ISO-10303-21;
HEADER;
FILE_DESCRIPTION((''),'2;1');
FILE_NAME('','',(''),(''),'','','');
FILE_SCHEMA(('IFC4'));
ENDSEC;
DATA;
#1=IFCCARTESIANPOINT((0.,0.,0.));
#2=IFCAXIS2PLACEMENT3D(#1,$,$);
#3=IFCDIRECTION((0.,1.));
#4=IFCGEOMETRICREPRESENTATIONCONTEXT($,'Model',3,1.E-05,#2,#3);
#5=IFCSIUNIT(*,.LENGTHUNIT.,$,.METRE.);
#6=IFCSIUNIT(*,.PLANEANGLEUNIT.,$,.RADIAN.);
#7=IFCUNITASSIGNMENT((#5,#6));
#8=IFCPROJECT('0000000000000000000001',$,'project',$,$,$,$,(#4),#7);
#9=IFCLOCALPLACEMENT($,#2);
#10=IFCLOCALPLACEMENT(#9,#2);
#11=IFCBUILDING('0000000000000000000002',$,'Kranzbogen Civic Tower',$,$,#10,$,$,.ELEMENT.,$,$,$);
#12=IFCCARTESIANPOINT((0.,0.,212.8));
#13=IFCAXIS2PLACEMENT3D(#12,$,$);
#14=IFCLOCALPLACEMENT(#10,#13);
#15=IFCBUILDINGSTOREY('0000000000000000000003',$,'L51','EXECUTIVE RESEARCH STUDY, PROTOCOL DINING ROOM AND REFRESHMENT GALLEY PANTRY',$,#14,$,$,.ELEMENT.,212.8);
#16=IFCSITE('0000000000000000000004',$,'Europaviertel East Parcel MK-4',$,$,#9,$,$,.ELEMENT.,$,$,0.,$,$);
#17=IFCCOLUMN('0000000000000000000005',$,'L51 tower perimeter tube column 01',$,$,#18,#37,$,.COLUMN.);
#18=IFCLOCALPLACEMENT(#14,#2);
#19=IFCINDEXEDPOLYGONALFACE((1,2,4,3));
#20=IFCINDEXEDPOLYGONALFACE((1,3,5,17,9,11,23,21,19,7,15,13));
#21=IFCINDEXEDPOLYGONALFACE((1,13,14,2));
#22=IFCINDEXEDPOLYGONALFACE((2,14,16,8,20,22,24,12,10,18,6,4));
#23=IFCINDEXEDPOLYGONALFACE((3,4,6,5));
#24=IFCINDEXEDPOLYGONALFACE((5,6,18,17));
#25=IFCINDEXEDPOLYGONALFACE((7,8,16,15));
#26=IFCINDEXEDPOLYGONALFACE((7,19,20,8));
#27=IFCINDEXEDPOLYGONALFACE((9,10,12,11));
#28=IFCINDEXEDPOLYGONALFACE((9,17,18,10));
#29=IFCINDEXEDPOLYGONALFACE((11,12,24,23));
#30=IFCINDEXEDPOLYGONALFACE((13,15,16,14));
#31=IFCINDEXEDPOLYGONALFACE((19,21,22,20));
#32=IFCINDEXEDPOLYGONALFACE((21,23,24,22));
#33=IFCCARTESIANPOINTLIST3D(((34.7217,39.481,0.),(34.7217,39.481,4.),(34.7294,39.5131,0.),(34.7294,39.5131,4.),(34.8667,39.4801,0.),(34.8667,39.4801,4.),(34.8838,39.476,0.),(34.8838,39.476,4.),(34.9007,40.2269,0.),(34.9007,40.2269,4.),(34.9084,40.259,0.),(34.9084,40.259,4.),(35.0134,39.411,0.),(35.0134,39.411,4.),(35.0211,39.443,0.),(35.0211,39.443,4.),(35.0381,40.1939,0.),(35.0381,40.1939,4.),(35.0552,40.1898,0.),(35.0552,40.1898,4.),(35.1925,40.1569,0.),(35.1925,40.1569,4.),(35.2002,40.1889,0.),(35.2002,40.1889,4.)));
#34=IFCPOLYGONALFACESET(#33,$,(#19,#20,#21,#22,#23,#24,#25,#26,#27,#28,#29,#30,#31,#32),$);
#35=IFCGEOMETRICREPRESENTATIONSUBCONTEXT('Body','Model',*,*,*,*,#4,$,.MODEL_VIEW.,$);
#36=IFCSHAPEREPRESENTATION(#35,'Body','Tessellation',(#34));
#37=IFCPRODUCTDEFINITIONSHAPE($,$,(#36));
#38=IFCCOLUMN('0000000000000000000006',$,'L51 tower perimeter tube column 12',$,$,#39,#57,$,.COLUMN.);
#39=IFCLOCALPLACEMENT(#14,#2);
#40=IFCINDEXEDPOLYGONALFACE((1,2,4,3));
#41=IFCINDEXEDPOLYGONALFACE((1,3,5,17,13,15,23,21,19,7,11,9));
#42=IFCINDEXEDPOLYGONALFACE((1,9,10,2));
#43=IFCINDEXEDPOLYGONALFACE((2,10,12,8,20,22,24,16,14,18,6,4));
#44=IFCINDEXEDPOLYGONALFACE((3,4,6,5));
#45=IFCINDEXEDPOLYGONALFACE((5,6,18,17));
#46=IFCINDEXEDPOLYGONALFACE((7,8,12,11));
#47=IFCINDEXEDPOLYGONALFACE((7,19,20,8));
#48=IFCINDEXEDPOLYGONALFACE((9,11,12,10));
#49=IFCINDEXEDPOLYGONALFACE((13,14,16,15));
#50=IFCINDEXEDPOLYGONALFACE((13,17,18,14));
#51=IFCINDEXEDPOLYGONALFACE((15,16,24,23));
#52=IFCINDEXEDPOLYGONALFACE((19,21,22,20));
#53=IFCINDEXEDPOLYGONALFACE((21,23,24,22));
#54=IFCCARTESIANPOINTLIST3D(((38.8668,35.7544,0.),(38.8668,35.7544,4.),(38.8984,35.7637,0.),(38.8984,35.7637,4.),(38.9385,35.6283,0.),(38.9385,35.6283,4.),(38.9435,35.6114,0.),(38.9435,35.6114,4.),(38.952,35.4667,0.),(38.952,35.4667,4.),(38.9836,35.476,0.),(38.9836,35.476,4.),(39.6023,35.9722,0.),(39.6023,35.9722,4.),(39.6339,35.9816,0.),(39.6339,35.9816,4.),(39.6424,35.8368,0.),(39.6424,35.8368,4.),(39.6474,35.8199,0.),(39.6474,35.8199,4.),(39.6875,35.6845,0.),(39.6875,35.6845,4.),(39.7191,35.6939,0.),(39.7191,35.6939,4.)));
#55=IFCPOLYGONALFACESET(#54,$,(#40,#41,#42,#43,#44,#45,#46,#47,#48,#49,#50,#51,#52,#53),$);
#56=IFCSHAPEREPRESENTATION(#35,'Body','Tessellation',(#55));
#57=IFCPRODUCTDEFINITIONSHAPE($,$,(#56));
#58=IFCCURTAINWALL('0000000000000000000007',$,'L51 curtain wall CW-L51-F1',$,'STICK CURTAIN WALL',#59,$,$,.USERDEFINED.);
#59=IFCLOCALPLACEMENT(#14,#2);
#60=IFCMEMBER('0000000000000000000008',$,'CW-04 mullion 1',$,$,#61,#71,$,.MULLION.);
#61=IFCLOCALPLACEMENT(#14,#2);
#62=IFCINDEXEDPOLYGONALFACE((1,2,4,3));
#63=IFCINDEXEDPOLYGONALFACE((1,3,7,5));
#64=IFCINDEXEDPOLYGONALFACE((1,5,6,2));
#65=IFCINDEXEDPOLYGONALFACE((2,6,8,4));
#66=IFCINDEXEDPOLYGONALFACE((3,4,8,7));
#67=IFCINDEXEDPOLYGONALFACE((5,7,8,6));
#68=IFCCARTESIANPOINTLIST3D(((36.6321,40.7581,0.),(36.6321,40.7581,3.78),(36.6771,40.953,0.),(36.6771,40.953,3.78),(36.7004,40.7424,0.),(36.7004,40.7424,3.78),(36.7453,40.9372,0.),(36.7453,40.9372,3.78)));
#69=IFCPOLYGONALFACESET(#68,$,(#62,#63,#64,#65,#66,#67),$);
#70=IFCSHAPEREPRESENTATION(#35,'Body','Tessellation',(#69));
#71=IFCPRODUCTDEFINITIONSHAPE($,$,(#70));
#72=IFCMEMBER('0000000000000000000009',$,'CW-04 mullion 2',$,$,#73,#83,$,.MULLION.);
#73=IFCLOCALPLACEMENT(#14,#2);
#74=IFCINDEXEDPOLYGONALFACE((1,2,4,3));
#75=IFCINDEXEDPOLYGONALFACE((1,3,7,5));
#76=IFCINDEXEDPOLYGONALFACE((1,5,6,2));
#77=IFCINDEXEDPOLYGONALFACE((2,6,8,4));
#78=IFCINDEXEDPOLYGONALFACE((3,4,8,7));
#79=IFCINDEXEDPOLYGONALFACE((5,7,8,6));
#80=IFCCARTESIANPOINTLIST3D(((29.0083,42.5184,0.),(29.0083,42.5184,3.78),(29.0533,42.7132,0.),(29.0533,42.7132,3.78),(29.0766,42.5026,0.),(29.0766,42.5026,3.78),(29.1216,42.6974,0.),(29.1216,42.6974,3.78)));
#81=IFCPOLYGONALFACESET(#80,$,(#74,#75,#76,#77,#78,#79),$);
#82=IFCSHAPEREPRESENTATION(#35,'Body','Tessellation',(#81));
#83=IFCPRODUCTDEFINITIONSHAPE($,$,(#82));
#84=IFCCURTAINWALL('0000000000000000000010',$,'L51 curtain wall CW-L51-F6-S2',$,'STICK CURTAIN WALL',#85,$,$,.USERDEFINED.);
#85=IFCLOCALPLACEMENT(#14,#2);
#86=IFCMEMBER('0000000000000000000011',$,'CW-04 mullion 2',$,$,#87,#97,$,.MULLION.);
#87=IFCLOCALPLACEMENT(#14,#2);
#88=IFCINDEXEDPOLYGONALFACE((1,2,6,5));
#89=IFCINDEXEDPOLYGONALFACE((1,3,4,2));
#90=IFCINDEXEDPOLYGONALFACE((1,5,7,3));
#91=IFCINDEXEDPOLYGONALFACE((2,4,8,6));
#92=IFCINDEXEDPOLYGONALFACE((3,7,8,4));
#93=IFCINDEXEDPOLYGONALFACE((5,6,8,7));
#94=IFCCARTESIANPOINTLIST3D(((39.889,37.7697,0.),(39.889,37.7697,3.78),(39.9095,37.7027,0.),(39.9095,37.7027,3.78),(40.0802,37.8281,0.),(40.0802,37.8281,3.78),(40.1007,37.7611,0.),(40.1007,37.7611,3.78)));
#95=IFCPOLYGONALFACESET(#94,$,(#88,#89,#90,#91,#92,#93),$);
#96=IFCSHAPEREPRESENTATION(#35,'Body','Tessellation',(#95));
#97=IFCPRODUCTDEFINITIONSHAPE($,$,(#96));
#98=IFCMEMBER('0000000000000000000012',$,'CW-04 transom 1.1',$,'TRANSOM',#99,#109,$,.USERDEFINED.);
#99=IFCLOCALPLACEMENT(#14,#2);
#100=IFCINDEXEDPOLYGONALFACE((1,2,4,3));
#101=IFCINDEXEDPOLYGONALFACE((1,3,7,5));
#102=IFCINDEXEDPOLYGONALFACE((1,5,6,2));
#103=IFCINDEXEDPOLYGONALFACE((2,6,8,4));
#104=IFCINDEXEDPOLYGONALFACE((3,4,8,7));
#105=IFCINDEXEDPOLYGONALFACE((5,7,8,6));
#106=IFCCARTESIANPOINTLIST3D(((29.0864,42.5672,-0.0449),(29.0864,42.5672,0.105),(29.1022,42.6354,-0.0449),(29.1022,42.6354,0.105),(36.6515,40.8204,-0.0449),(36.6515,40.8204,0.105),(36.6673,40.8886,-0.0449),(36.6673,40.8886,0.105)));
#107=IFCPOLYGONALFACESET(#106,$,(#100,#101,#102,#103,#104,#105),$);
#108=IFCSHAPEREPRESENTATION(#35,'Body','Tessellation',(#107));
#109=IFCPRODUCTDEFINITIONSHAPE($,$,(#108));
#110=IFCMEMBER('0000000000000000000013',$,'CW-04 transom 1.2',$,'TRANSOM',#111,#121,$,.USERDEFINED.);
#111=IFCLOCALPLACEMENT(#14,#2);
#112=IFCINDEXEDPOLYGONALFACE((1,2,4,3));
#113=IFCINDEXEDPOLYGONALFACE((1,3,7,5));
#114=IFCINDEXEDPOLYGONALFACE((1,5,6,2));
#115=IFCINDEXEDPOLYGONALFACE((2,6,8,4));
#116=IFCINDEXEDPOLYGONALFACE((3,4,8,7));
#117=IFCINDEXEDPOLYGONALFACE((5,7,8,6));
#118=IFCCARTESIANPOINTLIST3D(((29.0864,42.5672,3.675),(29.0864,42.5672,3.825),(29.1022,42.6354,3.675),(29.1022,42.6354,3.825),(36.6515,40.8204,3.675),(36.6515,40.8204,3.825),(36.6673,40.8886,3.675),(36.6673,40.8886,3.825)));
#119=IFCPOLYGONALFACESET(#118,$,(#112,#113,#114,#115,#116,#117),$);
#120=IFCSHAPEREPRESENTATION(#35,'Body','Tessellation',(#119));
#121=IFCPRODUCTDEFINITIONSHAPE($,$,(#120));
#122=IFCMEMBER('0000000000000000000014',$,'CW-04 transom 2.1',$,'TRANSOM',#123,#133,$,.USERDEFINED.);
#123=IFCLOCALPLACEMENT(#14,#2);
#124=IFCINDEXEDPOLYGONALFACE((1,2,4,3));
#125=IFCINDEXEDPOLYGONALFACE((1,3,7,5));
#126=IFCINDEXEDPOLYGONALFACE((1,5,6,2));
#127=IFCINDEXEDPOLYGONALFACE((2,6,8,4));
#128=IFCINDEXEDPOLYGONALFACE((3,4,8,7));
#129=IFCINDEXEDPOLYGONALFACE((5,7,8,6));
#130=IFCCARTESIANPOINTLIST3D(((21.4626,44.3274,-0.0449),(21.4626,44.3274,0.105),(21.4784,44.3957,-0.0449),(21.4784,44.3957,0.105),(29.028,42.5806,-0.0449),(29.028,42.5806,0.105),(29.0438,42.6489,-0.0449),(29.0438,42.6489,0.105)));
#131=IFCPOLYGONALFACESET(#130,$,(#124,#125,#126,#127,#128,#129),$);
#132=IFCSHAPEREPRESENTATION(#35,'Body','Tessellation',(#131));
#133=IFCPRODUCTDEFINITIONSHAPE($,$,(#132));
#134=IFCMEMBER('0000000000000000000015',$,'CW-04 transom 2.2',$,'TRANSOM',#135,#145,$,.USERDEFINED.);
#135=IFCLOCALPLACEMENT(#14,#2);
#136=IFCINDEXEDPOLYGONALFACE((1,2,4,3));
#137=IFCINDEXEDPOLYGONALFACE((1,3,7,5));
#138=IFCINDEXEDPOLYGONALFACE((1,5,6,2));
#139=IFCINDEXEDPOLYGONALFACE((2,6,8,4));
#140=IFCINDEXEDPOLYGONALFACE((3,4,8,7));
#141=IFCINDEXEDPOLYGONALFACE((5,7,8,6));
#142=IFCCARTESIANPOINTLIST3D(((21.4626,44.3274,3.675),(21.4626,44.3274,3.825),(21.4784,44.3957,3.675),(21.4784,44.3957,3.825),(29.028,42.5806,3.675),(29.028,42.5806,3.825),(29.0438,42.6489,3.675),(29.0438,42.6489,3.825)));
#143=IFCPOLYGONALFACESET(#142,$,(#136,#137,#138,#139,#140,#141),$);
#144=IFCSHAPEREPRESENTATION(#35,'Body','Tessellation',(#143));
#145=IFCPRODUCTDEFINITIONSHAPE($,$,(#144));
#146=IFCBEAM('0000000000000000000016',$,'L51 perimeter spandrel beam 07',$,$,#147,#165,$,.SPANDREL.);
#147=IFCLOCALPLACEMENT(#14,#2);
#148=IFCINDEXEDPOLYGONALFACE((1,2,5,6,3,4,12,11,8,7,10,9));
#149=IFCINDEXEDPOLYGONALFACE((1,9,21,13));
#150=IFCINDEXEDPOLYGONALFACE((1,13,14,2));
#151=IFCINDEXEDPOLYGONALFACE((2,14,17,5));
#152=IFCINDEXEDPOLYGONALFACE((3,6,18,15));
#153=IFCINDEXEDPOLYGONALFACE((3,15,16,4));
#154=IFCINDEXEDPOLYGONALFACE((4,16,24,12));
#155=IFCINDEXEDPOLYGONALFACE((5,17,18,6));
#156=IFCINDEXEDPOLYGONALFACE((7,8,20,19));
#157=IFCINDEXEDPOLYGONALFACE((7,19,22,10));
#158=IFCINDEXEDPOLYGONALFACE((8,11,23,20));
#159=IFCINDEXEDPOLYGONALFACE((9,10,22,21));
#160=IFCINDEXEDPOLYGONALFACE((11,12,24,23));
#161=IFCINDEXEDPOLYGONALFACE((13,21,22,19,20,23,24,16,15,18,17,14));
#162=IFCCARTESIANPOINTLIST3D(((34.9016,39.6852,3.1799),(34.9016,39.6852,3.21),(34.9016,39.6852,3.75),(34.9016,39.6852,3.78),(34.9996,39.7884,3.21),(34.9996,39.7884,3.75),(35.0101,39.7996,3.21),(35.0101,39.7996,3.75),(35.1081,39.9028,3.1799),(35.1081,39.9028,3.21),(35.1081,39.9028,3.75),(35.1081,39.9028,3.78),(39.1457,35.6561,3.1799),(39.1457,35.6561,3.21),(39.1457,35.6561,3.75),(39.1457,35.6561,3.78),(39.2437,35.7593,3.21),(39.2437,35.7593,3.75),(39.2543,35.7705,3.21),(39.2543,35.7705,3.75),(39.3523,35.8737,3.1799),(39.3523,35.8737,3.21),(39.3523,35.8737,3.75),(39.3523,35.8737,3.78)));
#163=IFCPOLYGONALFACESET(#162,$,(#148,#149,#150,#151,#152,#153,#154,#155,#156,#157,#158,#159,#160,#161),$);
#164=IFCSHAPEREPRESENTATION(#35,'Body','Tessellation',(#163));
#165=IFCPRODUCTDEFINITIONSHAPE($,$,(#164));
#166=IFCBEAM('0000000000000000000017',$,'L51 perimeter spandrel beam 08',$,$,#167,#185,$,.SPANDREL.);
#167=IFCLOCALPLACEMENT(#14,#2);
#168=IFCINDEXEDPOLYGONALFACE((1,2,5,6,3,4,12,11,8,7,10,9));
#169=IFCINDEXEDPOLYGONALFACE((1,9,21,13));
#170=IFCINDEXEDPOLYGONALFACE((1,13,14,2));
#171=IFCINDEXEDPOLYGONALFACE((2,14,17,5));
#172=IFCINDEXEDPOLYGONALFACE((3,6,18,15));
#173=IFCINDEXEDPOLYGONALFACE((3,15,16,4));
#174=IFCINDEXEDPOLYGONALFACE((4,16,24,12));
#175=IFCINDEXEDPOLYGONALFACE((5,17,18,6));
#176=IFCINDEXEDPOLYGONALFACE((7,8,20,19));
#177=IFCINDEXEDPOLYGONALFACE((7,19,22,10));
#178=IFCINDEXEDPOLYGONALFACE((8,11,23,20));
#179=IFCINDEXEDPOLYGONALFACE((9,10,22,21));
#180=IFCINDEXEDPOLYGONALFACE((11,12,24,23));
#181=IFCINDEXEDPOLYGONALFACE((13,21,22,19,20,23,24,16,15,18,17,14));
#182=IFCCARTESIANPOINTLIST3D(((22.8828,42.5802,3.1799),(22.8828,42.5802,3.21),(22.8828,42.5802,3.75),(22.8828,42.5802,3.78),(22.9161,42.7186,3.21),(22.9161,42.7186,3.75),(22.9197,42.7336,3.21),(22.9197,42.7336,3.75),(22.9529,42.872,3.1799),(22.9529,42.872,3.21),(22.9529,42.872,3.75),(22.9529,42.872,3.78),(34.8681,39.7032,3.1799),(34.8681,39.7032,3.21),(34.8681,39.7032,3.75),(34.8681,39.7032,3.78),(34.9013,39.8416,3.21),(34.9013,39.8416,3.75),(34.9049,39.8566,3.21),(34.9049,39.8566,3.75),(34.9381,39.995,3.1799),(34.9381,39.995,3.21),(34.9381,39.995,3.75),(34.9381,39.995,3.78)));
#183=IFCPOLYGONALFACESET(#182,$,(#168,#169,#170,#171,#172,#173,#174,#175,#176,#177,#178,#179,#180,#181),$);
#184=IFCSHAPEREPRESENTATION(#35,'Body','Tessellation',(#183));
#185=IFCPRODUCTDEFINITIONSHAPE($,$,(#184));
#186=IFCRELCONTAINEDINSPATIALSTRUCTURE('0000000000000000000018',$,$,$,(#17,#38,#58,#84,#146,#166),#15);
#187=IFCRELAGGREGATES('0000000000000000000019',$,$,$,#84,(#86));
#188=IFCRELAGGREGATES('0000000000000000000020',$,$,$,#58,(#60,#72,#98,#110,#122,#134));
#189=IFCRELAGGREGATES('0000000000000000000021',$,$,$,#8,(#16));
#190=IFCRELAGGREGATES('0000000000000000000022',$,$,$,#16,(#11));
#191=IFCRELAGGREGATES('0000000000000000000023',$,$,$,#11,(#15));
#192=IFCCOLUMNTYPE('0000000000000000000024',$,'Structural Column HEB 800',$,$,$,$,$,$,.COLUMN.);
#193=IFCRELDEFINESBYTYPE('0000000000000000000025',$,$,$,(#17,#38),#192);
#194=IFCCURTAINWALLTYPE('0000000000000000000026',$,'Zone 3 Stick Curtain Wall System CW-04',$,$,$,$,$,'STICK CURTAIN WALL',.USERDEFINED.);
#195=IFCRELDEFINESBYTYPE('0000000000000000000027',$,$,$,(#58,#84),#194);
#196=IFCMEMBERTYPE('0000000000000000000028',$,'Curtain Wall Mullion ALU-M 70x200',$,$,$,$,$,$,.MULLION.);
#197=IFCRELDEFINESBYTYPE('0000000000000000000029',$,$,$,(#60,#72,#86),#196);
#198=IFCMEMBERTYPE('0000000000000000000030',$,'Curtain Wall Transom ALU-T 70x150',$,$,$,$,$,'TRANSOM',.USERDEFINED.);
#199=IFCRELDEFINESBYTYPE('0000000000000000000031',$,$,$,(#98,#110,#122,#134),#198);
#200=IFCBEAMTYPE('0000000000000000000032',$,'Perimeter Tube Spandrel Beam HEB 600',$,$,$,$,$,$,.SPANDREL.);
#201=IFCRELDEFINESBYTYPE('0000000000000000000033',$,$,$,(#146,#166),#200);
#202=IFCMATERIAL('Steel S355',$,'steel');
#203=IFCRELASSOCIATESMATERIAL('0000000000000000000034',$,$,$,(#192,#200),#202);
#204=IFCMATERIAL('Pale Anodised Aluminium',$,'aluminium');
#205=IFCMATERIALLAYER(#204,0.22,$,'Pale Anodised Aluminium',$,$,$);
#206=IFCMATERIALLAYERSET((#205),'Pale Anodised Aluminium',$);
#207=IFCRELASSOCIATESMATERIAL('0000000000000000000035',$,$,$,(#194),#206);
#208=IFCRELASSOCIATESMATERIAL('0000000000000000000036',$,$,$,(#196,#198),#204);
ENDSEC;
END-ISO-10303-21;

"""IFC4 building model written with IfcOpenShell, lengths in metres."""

from ifc_helpers import new_model, si_unit, direction, frame, origin, origin_2d, place, context, subcontext, project, spatial, rectangle, i_section, extrude, material, layer, layer_set, material_profile, profile_set, type_object, element, aggregate, save


model = new_model("IFC4")

# Units and contexts
model_context = context("Model", 3, precision=1e-05, world=origin(), true_north=direction((0.0, 1.0)))
body_context = subcontext(model_context, "Body", "Model", "MODEL_VIEW")
ifc_project = project(units=[si_unit("LENGTHUNIT", "METRE"), si_unit("PLANEANGLEUNIT", "RADIAN")], contexts=[model_context])

# Site, building, storey
site_placement = place(None, origin())
site = spatial("IfcSite", under=ifc_project, at=site_placement, Name="Europaviertel East Parcel MK-4", CompositionType="ELEMENT", RefElevation=0.0)
building_placement = place(site_placement, origin())
building = spatial("IfcBuilding", under=site, at=building_placement, Name="Kranzbogen Civic Tower", CompositionType="ELEMENT")
storey_placement = place(building_placement, frame((0.0, 0.0, 212.8)))
storey = spatial("IfcBuildingStorey", under=building, at=storey_placement, Name="L51", Description="EXECUTIVE RESEARCH STUDY, PROTOCOL DINING ROOM AND REFRESHMENT GALLEY PANTRY", CompositionType="ELEMENT", Elevation=212.8)

# Columns
ifc_material_1 = material(Name="Steel S355", Category="steel")
ifc_material_profile_1 = material_profile(ifc_material_1, i_section(OverallWidth=0.3, OverallDepth=0.8, WebThickness=0.0176, FlangeThickness=0.033, at=origin_2d()), Name="HEB 800")
ifc_profile_set_1 = profile_set([ifc_material_profile_1], Name="Steel S355")
column_type = type_object("IfcColumnType", Name="Structural Column HEB 800", PredefinedType="COLUMN", material=ifc_profile_set_1)
for number, where, z_axis, x_axis, name in (
    (1, (34.9609, 39.835, 0.0), (0.0, 0.0, 1.0), (-0.97237, 0.233445, 0.0), "L51 tower perimeter tube column 01"),
    (2, (39.293, 35.7241, 0.0), (0.0, 0.0, 1.0), (-0.284015, 0.95882, 0.0), "L51 tower perimeter tube column 12"),
):
    element("IfcColumn", number, at=place(storey_placement, frame(where, z_axis=z_axis, x_axis=x_axis)), inside=storey, type_object=column_type, Name=name, PredefinedType="COLUMN", context=body_context, shape_type="SweptSolid", body=[
        extrude(i_section(OverallWidth=0.3, OverallDepth=0.8, WebThickness=0.0176, FlangeThickness=0.033, at=origin_2d()), origin(), (0.0, 0.0, 1.0), 4.0),
    ])

# Curtain wall, members
ifc_material_2 = material(Name="Pale Anodised Aluminium", Category="aluminium")
ifc_layer_1 = layer(ifc_material_2, 0.22, Name="Pale Anodised Aluminium")
ifc_layer_set_1 = layer_set([ifc_layer_1], Name="Pale Anodised Aluminium")
curtain_wall_type = type_object("IfcCurtainWallType", Name="Zone 3 Stick Curtain Wall System CW-04", ElementType="STICK CURTAIN WALL", PredefinedType="USERDEFINED", material=ifc_layer_set_1)
curtain_wall_1_placement = place(storey_placement, origin())
curtain_wall_1 = element("IfcCurtainWall", 3, at=curtain_wall_1_placement, inside=storey, type_object=curtain_wall_type, Name="L51 curtain wall CW-L51-F1", ObjectType="STICK CURTAIN WALL", PredefinedType="USERDEFINED")
ifc_material_profile_2 = material_profile(ifc_material_2, rectangle(XDim=0.0701, YDim=0.2, at=origin_2d()), Name="ALU-M 70x200")
ifc_profile_set_2 = profile_set([ifc_material_profile_2], Name="Pale Anodised Aluminium")
member_type_1 = type_object("IfcMemberType", Name="Curtain Wall Mullion ALU-M 70x200", PredefinedType="MULLION", material=ifc_profile_set_2)
member_1_placement = place(storey_placement, frame((36.6887, 40.8477, 0.0), z_axis=(0.0, 0.0, 1.0), x_axis=(-0.974365, 0.224971, 0.0)))
member_1 = element("IfcMember", 4, at=member_1_placement, type_object=member_type_1, Name="CW-04 mullion 1", PredefinedType="MULLION", context=body_context, shape_type="SweptSolid", body=[
    extrude(rectangle(XDim=0.0701, YDim=0.2, at=origin_2d()), origin(), (0.0, 0.0, 1.0), 3.78),
])
member_2_placement = place(storey_placement, frame((29.0649, 42.6079, 0.0), z_axis=(0.0, 0.0, 1.0), x_axis=(-0.974365, 0.224971, 0.0)))
member_2 = element("IfcMember", 5, at=member_2_placement, type_object=member_type_1, Name="CW-04 mullion 2", PredefinedType="MULLION", context=body_context, shape_type="SweptSolid", body=[
    extrude(rectangle(XDim=0.0701, YDim=0.2, at=origin_2d()), origin(), (0.0, 0.0, 1.0), 3.78),
])

# Curtain wall, member
curtain_wall_2_placement = place(storey_placement, origin())
curtain_wall_2 = element("IfcCurtainWall", 6, at=curtain_wall_2_placement, inside=storey, type_object=curtain_wall_type, Name="L51 curtain wall CW-L51-F6-S2", ObjectType="STICK CURTAIN WALL", PredefinedType="USERDEFINED")
member_3_placement = place(storey_placement, frame((39.9949, 37.7654, 0.0), z_axis=(0.0, 0.0, 1.0), x_axis=(-0.292322, 0.95632, 0.0)))
member_3 = element("IfcMember", 7, at=member_3_placement, type_object=member_type_1, Name="CW-04 mullion 2", PredefinedType="MULLION", context=body_context, shape_type="SweptSolid", body=[
    extrude(rectangle(XDim=0.0701, YDim=0.2, at=origin_2d()), origin(), (0.0, 0.0, 1.0), 3.78),
])
aggregate(curtain_wall_2, [member_3])

# Members
ifc_material_profile_3 = material_profile(ifc_material_2, rectangle(XDim=0.0701, YDim=0.1499, at=origin_2d()), Name="ALU-T 70x150")
ifc_profile_set_3 = profile_set([ifc_material_profile_3], Name="Pale Anodised Aluminium")
member_type_2 = type_object("IfcMemberType", Name="Curtain Wall Transom ALU-T 70x150", ElementType="TRANSOM", PredefinedType="USERDEFINED", material=ifc_profile_set_3)
member_4_placement = place(storey_placement, frame((36.6594, 40.8545, 0.03), z_axis=(-0.974363, 0.224984, 0.0), x_axis=(-0.224984, -0.974363, 0.0)))
member_4 = element("IfcMember", 8, at=member_4_placement, type_object=member_type_2, Name="CW-04 transom 1.1", ObjectType="TRANSOM", PredefinedType="USERDEFINED", context=body_context, shape_type="SweptSolid", body=[
    extrude(rectangle(XDim=0.0701, YDim=0.1499, at=origin_2d()), origin(), (0.0, 0.0, 1.0), 7.7642),
])
member_5_placement = place(storey_placement, frame((36.6594, 40.8545, 3.75), z_axis=(-0.974363, 0.224984, 0.0), x_axis=(-0.224984, -0.974363, 0.0)))
member_5 = element("IfcMember", 9, at=member_5_placement, type_object=member_type_2, Name="CW-04 transom 1.2", ObjectType="TRANSOM", PredefinedType="USERDEFINED", context=body_context, shape_type="SweptSolid", body=[
    extrude(rectangle(XDim=0.0701, YDim=0.1499, at=origin_2d()), origin(), (0.0, 0.0, 1.0), 7.7642),
])
member_6_placement = place(storey_placement, frame((29.0359, 42.6147, 0.03), z_axis=(-0.974364, 0.224977, 0.0), x_axis=(-0.224977, -0.974364, 0.0)))
member_6 = element("IfcMember", 10, at=member_6_placement, type_object=member_type_2, Name="CW-04 transom 2.1", ObjectType="TRANSOM", PredefinedType="USERDEFINED", context=body_context, shape_type="SweptSolid", body=[
    extrude(rectangle(XDim=0.0701, YDim=0.1499, at=origin_2d()), origin(), (0.0, 0.0, 1.0), 7.7644),
])
member_7_placement = place(storey_placement, frame((29.0359, 42.6147, 3.75), z_axis=(-0.974364, 0.224977, 0.0), x_axis=(-0.224977, -0.974364, 0.0)))
member_7 = element("IfcMember", 11, at=member_7_placement, type_object=member_type_2, Name="CW-04 transom 2.2", ObjectType="TRANSOM", PredefinedType="USERDEFINED", context=body_context, shape_type="SweptSolid", body=[
    extrude(rectangle(XDim=0.0701, YDim=0.1499, at=origin_2d()), origin(), (0.0, 0.0, 1.0), 7.7644),
])

# Beams
ifc_material_profile_4 = material_profile(ifc_material_1, i_section(OverallWidth=0.3, OverallDepth=0.6001, WebThickness=0.0154, FlangeThickness=0.03, at=origin_2d()), Name="HEB 600")
ifc_profile_set_4 = profile_set([ifc_material_profile_4], Name="Steel S355")
beam_type_1 = type_object("IfcBeamType", Name="Perimeter Tube Spandrel Beam HEB 600", PredefinedType="SPANDREL", material=ifc_profile_set_4)
beam_1_placement = place(storey_placement, frame((39.249, 35.7649, 3.48), z_axis=(-0.725245, 0.688491, 0.0), x_axis=(-0.688491, -0.725245, 0.0)))
element("IfcBeam", 12, at=beam_1_placement, inside=storey, type_object=beam_type_1, Name="L51 perimeter spandrel beam 07", PredefinedType="SPANDREL", context=body_context, shape_type="SweptSolid", body=[
    extrude(i_section(OverallWidth=0.3, OverallDepth=0.6001, WebThickness=0.0154, FlangeThickness=0.03, at=origin_2d()), origin(), (0.0, 0.0, 1.0), 5.8521),
])
beam_2_placement = place(storey_placement, frame((34.9031, 39.8491, 3.48), z_axis=(-0.972378, 0.233413, 0.0), x_axis=(-0.233413, -0.972378, 0.0)))
element("IfcBeam", 13, at=beam_2_placement, inside=storey, type_object=beam_type_1, Name="L51 perimeter spandrel beam 08", PredefinedType="SPANDREL", context=body_context, shape_type="SweptSolid", body=[
    extrude(i_section(OverallWidth=0.3, OverallDepth=0.6001, WebThickness=0.0154, FlangeThickness=0.03, at=origin_2d()), origin(), (0.0, 0.0, 1.0), 12.3257),
])

aggregate(curtain_wall_1, [member_1, member_2, member_4, member_5, member_6, member_7])

save(model, "model.ifc")
